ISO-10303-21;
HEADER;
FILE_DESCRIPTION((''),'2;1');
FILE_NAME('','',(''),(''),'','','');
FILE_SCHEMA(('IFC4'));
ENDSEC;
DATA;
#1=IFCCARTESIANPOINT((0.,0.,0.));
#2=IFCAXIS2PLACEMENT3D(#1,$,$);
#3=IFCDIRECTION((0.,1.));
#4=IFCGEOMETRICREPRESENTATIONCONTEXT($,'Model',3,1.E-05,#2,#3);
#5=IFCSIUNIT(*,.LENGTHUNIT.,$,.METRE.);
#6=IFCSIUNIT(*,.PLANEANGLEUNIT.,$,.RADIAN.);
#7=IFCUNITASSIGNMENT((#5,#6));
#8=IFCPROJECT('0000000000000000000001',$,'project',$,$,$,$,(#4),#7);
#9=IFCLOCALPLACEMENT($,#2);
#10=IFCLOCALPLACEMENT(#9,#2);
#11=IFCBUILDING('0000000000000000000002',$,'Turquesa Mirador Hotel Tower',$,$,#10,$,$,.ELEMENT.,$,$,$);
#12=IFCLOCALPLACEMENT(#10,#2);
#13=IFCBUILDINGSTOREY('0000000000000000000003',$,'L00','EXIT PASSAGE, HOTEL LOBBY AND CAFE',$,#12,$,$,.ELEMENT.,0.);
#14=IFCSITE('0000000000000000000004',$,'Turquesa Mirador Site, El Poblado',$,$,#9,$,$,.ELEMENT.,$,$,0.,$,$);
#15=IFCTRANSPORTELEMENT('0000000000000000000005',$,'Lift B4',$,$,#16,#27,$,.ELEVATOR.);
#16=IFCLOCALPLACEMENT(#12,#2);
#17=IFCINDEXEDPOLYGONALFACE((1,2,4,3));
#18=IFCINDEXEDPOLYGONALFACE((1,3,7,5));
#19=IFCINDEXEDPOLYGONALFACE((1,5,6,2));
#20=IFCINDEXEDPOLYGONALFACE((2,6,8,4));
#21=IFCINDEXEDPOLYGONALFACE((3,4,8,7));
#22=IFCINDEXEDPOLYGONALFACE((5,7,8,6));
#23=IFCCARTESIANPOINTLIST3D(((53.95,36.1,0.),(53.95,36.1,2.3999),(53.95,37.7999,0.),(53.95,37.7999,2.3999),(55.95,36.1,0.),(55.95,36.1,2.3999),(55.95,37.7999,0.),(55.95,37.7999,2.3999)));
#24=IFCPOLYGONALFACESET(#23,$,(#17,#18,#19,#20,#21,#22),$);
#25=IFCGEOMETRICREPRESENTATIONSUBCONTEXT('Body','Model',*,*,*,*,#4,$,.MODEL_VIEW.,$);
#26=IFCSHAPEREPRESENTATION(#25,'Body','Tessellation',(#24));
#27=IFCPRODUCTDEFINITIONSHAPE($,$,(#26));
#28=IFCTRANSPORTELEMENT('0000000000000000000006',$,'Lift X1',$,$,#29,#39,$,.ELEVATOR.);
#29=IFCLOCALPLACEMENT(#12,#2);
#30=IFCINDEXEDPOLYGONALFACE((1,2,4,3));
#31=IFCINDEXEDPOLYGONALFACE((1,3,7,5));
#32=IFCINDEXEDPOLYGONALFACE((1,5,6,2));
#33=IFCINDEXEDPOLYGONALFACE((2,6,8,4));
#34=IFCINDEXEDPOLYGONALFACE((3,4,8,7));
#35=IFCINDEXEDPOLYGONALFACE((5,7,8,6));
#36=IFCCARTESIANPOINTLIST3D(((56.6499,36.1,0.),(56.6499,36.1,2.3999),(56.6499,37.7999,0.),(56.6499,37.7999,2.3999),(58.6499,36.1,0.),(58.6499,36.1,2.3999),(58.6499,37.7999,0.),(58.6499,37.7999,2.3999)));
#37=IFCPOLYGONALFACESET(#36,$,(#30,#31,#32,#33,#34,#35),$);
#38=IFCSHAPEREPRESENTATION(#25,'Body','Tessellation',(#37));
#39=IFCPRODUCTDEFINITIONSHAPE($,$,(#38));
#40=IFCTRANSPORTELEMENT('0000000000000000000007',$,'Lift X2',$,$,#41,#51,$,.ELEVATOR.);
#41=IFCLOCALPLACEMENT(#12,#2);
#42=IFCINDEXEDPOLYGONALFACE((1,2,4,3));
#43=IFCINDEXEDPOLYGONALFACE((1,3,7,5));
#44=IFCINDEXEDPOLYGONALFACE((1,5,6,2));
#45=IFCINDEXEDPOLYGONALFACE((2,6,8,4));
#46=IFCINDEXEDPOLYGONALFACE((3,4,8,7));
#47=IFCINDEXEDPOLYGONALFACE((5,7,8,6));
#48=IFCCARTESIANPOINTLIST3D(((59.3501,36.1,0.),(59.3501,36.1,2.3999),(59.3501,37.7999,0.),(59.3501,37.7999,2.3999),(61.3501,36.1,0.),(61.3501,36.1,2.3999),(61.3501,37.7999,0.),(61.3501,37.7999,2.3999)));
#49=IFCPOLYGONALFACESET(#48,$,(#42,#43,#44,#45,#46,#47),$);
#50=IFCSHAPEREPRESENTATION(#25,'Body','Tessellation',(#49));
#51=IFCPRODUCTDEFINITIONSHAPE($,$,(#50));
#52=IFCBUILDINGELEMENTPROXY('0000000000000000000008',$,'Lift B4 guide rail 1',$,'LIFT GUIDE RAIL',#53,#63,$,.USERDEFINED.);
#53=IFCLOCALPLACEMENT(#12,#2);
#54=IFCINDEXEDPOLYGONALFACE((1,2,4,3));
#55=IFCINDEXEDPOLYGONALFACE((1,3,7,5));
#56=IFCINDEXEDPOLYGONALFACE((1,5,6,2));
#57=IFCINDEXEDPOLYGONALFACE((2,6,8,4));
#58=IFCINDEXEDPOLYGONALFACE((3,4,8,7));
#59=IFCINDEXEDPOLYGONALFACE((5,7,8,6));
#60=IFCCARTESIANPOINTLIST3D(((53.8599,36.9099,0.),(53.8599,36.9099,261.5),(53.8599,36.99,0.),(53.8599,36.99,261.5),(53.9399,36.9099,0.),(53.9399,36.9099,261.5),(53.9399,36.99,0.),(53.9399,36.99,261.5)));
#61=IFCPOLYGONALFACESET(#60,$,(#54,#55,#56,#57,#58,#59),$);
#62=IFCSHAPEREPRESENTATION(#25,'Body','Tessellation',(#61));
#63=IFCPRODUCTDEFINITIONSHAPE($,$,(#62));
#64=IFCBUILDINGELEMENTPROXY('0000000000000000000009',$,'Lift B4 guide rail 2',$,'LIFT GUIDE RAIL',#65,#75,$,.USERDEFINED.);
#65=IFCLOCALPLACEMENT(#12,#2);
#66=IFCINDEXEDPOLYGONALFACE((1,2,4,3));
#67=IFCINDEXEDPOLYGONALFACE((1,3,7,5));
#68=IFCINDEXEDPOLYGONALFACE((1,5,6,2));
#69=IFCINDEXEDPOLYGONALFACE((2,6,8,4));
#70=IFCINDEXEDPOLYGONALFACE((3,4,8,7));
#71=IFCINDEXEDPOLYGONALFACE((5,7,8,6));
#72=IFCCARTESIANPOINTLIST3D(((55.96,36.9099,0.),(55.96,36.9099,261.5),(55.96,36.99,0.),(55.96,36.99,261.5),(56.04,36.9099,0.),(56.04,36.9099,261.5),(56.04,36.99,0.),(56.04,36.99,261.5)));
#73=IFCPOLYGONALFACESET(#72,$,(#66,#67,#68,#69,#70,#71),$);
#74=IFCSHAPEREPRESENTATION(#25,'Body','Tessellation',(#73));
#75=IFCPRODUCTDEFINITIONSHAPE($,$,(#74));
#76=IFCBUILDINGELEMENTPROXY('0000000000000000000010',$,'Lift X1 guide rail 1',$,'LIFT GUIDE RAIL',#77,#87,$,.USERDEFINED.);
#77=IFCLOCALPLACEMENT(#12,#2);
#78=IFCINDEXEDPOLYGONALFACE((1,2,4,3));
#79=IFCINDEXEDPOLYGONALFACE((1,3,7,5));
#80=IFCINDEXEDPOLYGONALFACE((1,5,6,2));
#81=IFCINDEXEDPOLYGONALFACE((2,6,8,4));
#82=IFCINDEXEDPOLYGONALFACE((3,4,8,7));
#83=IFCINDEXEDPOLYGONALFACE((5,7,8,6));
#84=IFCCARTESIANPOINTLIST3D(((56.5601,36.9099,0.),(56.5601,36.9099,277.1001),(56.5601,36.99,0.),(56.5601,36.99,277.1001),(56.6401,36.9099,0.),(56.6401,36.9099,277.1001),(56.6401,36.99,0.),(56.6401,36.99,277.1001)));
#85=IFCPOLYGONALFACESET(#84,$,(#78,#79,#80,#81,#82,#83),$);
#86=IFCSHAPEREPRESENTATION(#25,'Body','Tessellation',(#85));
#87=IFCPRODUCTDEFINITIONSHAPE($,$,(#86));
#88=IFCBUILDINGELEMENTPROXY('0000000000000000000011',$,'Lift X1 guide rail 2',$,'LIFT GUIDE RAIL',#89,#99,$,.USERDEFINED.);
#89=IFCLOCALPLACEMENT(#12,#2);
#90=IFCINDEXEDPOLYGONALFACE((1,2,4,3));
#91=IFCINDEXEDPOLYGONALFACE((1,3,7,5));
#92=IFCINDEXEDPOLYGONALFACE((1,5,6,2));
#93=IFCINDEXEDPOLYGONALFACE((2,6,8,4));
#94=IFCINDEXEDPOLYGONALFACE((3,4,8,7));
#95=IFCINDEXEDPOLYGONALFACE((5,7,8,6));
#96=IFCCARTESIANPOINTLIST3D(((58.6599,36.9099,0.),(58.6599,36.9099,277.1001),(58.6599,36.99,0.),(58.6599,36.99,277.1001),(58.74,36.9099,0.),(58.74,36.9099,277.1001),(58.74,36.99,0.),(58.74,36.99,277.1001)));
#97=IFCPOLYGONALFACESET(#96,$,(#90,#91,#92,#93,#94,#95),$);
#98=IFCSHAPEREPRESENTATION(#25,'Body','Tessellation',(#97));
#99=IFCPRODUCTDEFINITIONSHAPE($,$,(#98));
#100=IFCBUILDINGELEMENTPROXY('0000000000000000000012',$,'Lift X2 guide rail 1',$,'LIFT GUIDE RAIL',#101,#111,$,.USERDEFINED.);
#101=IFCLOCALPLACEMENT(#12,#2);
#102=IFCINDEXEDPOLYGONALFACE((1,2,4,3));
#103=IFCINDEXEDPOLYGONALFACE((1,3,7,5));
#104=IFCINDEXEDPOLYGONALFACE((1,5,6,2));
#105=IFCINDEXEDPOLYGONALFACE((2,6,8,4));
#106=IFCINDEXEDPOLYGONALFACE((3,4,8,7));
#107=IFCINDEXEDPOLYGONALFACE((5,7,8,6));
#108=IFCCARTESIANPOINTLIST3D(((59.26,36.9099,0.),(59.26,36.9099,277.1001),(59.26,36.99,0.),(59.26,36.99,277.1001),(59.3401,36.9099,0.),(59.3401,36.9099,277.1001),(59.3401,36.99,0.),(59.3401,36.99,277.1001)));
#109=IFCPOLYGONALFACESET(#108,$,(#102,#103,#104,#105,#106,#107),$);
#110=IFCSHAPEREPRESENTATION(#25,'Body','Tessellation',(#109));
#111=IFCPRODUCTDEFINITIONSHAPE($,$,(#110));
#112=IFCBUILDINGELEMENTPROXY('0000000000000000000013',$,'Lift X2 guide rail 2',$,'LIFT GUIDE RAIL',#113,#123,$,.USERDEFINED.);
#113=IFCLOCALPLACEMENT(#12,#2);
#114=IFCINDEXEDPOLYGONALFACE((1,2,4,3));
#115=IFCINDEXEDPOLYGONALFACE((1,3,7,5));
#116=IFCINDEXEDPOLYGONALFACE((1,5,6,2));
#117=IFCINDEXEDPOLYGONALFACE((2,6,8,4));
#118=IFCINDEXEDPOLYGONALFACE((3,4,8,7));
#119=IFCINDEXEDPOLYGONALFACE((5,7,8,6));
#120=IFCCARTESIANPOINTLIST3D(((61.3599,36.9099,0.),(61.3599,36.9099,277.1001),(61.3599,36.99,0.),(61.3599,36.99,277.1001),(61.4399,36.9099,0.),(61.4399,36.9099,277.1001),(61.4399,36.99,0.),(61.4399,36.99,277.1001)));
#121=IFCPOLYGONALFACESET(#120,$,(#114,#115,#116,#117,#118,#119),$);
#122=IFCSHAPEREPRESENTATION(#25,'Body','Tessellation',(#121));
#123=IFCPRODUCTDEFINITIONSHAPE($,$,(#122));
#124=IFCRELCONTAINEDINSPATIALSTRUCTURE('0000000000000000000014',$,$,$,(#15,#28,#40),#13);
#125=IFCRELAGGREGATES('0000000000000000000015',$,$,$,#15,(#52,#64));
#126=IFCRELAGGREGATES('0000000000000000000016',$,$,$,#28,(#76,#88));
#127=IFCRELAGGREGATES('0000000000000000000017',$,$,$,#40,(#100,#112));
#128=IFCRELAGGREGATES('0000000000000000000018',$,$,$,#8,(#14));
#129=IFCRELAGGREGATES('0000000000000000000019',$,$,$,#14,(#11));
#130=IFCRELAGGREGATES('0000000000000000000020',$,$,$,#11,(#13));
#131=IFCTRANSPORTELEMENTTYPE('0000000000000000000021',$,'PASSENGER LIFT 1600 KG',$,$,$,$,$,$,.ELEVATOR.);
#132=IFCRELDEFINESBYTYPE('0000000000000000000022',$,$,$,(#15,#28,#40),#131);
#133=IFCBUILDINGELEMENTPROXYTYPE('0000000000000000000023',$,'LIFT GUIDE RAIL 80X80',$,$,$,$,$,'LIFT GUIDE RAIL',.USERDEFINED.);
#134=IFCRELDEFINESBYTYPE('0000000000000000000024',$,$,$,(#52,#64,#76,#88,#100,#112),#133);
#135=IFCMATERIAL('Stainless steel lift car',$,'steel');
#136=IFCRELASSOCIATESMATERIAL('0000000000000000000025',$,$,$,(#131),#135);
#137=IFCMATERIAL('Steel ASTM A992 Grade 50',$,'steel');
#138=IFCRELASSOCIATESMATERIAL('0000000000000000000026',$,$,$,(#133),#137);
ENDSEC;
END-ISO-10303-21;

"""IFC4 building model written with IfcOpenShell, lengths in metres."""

from ifc_helpers import new_model, si_unit, direction, frame, origin, origin_2d, place, context, subcontext, project, spatial, rectangle, extrude, material, type_object, element, aggregate, save


model = new_model("IFC4")

# Units and contexts
model_context = context("Model", 3, precision=1e-05, world=origin(), true_north=direction((0.0, 1.0)))
body_context = subcontext(model_context, "Body", "Model", "MODEL_VIEW")
ifc_project = project(units=[si_unit("LENGTHUNIT", "METRE"), si_unit("PLANEANGLEUNIT", "RADIAN")], contexts=[model_context])

# Site, building, storey
site_placement = place(None, origin())
site = spatial("IfcSite", under=ifc_project, at=site_placement, Name="Turquesa Mirador Site, El Poblado", CompositionType="ELEMENT", RefElevation=0.0)
building_placement = place(site_placement, origin())
building = spatial("IfcBuilding", under=site, at=building_placement, Name="Turquesa Mirador Hotel Tower", CompositionType="ELEMENT")
storey_placement = place(building_placement, origin())
storey = spatial("IfcBuildingStorey", under=building, at=storey_placement, Name="L00", Description="EXIT PASSAGE, HOTEL LOBBY AND CAFE", CompositionType="ELEMENT", Elevation=0.0)

# Transport elements
ifc_material_1 = material(Name="Stainless steel lift car", Category="steel")
transport_element_type = type_object("IfcTransportElementType", Name="PASSENGER LIFT 1600 KG", PredefinedType="ELEVATOR", material=ifc_material_1)
transport_element_1_placement = place(storey_placement, frame((54.95, 36.95, 0.0), z_axis=(0.0, 0.0, 1.0), x_axis=(1.0, 0.0, 0.0)))
transport_element_1 = element("IfcTransportElement", 1, at=transport_element_1_placement, inside=storey, type_object=transport_element_type, Name="Lift B4", PredefinedType="ELEVATOR", context=body_context, shape_type="SweptSolid", body=[
    extrude(rectangle(XDim=2.0, YDim=1.7, at=origin_2d()), origin(), (0.0, 0.0, 1.0), 2.3999),
])
transport_element_2_placement = place(storey_placement, frame((57.6499, 36.95, 0.0), z_axis=(0.0, 0.0, 1.0), x_axis=(1.0, 0.0, 0.0)))
transport_element_2 = element("IfcTransportElement", 2, at=transport_element_2_placement, inside=storey, type_object=transport_element_type, Name="Lift X1", PredefinedType="ELEVATOR", context=body_context, shape_type="SweptSolid", body=[
    extrude(rectangle(XDim=2.0, YDim=1.7, at=origin_2d()), origin(), (0.0, 0.0, 1.0), 2.3999),
])
transport_element_3_placement = place(storey_placement, frame((60.3501, 36.95, 0.0), z_axis=(0.0, 0.0, 1.0), x_axis=(1.0, 0.0, 0.0)))
transport_element_3 = element("IfcTransportElement", 3, at=transport_element_3_placement, inside=storey, type_object=transport_element_type, Name="Lift X2", PredefinedType="ELEVATOR", context=body_context, shape_type="SweptSolid", body=[
    extrude(rectangle(XDim=2.0, YDim=1.7, at=origin_2d()), origin(), (0.0, 0.0, 1.0), 2.3999),
])

# Building element proxies
ifc_material_2 = material(Name="Steel ASTM A992 Grade 50", Category="steel")
building_element_proxy_type = type_object("IfcBuildingElementProxyType", Name="LIFT GUIDE RAIL 80X80", ElementType="LIFT GUIDE RAIL", PredefinedType="USERDEFINED", material=ifc_material_2)
proxy_1_placement = place(storey_placement, frame((53.8999, 36.95, 0.0), z_axis=(0.0, 0.0, 1.0), x_axis=(1.0, 0.0, 0.0)))
proxy_1 = element("IfcBuildingElementProxy", 4, at=proxy_1_placement, type_object=building_element_proxy_type, Name="Lift B4 guide rail 1", ObjectType="LIFT GUIDE RAIL", PredefinedType="USERDEFINED", context=body_context, shape_type="SweptSolid", body=[
    extrude(rectangle(XDim=0.0801, YDim=0.0801, at=origin_2d()), origin(), (0.0, 0.0, 1.0), 261.5),
])
proxy_2_placement = place(storey_placement, frame((56.0, 36.95, 0.0), z_axis=(0.0, 0.0, 1.0), x_axis=(1.0, 0.0, 0.0)))
proxy_2 = element("IfcBuildingElementProxy", 5, at=proxy_2_placement, type_object=building_element_proxy_type, Name="Lift B4 guide rail 2", ObjectType="LIFT GUIDE RAIL", PredefinedType="USERDEFINED", context=body_context, shape_type="SweptSolid", body=[
    extrude(rectangle(XDim=0.0801, YDim=0.0801, at=origin_2d()), origin(), (0.0, 0.0, 1.0), 261.5),
])
aggregate(transport_element_1, [proxy_1, proxy_2])
proxy_3_placement = place(storey_placement, frame((56.6001, 36.95, 0.0), z_axis=(0.0, 0.0, 1.0), x_axis=(1.0, 0.0, 0.0)))
proxy_3 = element("IfcBuildingElementProxy", 6, at=proxy_3_placement, type_object=building_element_proxy_type, Name="Lift X1 guide rail 1", ObjectType="LIFT GUIDE RAIL", PredefinedType="USERDEFINED", context=body_context, shape_type="SweptSolid", body=[
    extrude(rectangle(XDim=0.0801, YDim=0.0801, at=origin_2d()), origin(), (0.0, 0.0, 1.0), 277.1001),
])
proxy_4_placement = place(storey_placement, frame((58.7, 36.95, 0.0), z_axis=(0.0, 0.0, 1.0), x_axis=(1.0, 0.0, 0.0)))
proxy_4 = element("IfcBuildingElementProxy", 7, at=proxy_4_placement, type_object=building_element_proxy_type, Name="Lift X1 guide rail 2", ObjectType="LIFT GUIDE RAIL", PredefinedType="USERDEFINED", context=body_context, shape_type="SweptSolid", body=[
    extrude(rectangle(XDim=0.0801, YDim=0.0801, at=origin_2d()), origin(), (0.0, 0.0, 1.0), 277.1001),
])
aggregate(transport_element_2, [proxy_3, proxy_4])
proxy_5_placement = place(storey_placement, frame((59.3, 36.95, 0.0), z_axis=(0.0, 0.0, 1.0), x_axis=(1.0, 0.0, 0.0)))
proxy_5 = element("IfcBuildingElementProxy", 8, at=proxy_5_placement, type_object=building_element_proxy_type, Name="Lift X2 guide rail 1", ObjectType="LIFT GUIDE RAIL", PredefinedType="USERDEFINED", context=body_context, shape_type="SweptSolid", body=[
    extrude(rectangle(XDim=0.0801, YDim=0.0801, at=origin_2d()), origin(), (0.0, 0.0, 1.0), 277.1001),
])
proxy_6_placement = place(storey_placement, frame((61.3999, 36.95, 0.0), z_axis=(0.0, 0.0, 1.0), x_axis=(1.0, 0.0, 0.0)))
proxy_6 = element("IfcBuildingElementProxy", 9, at=proxy_6_placement, type_object=building_element_proxy_type, Name="Lift X2 guide rail 2", ObjectType="LIFT GUIDE RAIL", PredefinedType="USERDEFINED", context=body_context, shape_type="SweptSolid", body=[
    extrude(rectangle(XDim=0.0801, YDim=0.0801, at=origin_2d()), origin(), (0.0, 0.0, 1.0), 277.1001),
])
aggregate(transport_element_3, [proxy_5, proxy_6])

save(model, "model.ifc")
